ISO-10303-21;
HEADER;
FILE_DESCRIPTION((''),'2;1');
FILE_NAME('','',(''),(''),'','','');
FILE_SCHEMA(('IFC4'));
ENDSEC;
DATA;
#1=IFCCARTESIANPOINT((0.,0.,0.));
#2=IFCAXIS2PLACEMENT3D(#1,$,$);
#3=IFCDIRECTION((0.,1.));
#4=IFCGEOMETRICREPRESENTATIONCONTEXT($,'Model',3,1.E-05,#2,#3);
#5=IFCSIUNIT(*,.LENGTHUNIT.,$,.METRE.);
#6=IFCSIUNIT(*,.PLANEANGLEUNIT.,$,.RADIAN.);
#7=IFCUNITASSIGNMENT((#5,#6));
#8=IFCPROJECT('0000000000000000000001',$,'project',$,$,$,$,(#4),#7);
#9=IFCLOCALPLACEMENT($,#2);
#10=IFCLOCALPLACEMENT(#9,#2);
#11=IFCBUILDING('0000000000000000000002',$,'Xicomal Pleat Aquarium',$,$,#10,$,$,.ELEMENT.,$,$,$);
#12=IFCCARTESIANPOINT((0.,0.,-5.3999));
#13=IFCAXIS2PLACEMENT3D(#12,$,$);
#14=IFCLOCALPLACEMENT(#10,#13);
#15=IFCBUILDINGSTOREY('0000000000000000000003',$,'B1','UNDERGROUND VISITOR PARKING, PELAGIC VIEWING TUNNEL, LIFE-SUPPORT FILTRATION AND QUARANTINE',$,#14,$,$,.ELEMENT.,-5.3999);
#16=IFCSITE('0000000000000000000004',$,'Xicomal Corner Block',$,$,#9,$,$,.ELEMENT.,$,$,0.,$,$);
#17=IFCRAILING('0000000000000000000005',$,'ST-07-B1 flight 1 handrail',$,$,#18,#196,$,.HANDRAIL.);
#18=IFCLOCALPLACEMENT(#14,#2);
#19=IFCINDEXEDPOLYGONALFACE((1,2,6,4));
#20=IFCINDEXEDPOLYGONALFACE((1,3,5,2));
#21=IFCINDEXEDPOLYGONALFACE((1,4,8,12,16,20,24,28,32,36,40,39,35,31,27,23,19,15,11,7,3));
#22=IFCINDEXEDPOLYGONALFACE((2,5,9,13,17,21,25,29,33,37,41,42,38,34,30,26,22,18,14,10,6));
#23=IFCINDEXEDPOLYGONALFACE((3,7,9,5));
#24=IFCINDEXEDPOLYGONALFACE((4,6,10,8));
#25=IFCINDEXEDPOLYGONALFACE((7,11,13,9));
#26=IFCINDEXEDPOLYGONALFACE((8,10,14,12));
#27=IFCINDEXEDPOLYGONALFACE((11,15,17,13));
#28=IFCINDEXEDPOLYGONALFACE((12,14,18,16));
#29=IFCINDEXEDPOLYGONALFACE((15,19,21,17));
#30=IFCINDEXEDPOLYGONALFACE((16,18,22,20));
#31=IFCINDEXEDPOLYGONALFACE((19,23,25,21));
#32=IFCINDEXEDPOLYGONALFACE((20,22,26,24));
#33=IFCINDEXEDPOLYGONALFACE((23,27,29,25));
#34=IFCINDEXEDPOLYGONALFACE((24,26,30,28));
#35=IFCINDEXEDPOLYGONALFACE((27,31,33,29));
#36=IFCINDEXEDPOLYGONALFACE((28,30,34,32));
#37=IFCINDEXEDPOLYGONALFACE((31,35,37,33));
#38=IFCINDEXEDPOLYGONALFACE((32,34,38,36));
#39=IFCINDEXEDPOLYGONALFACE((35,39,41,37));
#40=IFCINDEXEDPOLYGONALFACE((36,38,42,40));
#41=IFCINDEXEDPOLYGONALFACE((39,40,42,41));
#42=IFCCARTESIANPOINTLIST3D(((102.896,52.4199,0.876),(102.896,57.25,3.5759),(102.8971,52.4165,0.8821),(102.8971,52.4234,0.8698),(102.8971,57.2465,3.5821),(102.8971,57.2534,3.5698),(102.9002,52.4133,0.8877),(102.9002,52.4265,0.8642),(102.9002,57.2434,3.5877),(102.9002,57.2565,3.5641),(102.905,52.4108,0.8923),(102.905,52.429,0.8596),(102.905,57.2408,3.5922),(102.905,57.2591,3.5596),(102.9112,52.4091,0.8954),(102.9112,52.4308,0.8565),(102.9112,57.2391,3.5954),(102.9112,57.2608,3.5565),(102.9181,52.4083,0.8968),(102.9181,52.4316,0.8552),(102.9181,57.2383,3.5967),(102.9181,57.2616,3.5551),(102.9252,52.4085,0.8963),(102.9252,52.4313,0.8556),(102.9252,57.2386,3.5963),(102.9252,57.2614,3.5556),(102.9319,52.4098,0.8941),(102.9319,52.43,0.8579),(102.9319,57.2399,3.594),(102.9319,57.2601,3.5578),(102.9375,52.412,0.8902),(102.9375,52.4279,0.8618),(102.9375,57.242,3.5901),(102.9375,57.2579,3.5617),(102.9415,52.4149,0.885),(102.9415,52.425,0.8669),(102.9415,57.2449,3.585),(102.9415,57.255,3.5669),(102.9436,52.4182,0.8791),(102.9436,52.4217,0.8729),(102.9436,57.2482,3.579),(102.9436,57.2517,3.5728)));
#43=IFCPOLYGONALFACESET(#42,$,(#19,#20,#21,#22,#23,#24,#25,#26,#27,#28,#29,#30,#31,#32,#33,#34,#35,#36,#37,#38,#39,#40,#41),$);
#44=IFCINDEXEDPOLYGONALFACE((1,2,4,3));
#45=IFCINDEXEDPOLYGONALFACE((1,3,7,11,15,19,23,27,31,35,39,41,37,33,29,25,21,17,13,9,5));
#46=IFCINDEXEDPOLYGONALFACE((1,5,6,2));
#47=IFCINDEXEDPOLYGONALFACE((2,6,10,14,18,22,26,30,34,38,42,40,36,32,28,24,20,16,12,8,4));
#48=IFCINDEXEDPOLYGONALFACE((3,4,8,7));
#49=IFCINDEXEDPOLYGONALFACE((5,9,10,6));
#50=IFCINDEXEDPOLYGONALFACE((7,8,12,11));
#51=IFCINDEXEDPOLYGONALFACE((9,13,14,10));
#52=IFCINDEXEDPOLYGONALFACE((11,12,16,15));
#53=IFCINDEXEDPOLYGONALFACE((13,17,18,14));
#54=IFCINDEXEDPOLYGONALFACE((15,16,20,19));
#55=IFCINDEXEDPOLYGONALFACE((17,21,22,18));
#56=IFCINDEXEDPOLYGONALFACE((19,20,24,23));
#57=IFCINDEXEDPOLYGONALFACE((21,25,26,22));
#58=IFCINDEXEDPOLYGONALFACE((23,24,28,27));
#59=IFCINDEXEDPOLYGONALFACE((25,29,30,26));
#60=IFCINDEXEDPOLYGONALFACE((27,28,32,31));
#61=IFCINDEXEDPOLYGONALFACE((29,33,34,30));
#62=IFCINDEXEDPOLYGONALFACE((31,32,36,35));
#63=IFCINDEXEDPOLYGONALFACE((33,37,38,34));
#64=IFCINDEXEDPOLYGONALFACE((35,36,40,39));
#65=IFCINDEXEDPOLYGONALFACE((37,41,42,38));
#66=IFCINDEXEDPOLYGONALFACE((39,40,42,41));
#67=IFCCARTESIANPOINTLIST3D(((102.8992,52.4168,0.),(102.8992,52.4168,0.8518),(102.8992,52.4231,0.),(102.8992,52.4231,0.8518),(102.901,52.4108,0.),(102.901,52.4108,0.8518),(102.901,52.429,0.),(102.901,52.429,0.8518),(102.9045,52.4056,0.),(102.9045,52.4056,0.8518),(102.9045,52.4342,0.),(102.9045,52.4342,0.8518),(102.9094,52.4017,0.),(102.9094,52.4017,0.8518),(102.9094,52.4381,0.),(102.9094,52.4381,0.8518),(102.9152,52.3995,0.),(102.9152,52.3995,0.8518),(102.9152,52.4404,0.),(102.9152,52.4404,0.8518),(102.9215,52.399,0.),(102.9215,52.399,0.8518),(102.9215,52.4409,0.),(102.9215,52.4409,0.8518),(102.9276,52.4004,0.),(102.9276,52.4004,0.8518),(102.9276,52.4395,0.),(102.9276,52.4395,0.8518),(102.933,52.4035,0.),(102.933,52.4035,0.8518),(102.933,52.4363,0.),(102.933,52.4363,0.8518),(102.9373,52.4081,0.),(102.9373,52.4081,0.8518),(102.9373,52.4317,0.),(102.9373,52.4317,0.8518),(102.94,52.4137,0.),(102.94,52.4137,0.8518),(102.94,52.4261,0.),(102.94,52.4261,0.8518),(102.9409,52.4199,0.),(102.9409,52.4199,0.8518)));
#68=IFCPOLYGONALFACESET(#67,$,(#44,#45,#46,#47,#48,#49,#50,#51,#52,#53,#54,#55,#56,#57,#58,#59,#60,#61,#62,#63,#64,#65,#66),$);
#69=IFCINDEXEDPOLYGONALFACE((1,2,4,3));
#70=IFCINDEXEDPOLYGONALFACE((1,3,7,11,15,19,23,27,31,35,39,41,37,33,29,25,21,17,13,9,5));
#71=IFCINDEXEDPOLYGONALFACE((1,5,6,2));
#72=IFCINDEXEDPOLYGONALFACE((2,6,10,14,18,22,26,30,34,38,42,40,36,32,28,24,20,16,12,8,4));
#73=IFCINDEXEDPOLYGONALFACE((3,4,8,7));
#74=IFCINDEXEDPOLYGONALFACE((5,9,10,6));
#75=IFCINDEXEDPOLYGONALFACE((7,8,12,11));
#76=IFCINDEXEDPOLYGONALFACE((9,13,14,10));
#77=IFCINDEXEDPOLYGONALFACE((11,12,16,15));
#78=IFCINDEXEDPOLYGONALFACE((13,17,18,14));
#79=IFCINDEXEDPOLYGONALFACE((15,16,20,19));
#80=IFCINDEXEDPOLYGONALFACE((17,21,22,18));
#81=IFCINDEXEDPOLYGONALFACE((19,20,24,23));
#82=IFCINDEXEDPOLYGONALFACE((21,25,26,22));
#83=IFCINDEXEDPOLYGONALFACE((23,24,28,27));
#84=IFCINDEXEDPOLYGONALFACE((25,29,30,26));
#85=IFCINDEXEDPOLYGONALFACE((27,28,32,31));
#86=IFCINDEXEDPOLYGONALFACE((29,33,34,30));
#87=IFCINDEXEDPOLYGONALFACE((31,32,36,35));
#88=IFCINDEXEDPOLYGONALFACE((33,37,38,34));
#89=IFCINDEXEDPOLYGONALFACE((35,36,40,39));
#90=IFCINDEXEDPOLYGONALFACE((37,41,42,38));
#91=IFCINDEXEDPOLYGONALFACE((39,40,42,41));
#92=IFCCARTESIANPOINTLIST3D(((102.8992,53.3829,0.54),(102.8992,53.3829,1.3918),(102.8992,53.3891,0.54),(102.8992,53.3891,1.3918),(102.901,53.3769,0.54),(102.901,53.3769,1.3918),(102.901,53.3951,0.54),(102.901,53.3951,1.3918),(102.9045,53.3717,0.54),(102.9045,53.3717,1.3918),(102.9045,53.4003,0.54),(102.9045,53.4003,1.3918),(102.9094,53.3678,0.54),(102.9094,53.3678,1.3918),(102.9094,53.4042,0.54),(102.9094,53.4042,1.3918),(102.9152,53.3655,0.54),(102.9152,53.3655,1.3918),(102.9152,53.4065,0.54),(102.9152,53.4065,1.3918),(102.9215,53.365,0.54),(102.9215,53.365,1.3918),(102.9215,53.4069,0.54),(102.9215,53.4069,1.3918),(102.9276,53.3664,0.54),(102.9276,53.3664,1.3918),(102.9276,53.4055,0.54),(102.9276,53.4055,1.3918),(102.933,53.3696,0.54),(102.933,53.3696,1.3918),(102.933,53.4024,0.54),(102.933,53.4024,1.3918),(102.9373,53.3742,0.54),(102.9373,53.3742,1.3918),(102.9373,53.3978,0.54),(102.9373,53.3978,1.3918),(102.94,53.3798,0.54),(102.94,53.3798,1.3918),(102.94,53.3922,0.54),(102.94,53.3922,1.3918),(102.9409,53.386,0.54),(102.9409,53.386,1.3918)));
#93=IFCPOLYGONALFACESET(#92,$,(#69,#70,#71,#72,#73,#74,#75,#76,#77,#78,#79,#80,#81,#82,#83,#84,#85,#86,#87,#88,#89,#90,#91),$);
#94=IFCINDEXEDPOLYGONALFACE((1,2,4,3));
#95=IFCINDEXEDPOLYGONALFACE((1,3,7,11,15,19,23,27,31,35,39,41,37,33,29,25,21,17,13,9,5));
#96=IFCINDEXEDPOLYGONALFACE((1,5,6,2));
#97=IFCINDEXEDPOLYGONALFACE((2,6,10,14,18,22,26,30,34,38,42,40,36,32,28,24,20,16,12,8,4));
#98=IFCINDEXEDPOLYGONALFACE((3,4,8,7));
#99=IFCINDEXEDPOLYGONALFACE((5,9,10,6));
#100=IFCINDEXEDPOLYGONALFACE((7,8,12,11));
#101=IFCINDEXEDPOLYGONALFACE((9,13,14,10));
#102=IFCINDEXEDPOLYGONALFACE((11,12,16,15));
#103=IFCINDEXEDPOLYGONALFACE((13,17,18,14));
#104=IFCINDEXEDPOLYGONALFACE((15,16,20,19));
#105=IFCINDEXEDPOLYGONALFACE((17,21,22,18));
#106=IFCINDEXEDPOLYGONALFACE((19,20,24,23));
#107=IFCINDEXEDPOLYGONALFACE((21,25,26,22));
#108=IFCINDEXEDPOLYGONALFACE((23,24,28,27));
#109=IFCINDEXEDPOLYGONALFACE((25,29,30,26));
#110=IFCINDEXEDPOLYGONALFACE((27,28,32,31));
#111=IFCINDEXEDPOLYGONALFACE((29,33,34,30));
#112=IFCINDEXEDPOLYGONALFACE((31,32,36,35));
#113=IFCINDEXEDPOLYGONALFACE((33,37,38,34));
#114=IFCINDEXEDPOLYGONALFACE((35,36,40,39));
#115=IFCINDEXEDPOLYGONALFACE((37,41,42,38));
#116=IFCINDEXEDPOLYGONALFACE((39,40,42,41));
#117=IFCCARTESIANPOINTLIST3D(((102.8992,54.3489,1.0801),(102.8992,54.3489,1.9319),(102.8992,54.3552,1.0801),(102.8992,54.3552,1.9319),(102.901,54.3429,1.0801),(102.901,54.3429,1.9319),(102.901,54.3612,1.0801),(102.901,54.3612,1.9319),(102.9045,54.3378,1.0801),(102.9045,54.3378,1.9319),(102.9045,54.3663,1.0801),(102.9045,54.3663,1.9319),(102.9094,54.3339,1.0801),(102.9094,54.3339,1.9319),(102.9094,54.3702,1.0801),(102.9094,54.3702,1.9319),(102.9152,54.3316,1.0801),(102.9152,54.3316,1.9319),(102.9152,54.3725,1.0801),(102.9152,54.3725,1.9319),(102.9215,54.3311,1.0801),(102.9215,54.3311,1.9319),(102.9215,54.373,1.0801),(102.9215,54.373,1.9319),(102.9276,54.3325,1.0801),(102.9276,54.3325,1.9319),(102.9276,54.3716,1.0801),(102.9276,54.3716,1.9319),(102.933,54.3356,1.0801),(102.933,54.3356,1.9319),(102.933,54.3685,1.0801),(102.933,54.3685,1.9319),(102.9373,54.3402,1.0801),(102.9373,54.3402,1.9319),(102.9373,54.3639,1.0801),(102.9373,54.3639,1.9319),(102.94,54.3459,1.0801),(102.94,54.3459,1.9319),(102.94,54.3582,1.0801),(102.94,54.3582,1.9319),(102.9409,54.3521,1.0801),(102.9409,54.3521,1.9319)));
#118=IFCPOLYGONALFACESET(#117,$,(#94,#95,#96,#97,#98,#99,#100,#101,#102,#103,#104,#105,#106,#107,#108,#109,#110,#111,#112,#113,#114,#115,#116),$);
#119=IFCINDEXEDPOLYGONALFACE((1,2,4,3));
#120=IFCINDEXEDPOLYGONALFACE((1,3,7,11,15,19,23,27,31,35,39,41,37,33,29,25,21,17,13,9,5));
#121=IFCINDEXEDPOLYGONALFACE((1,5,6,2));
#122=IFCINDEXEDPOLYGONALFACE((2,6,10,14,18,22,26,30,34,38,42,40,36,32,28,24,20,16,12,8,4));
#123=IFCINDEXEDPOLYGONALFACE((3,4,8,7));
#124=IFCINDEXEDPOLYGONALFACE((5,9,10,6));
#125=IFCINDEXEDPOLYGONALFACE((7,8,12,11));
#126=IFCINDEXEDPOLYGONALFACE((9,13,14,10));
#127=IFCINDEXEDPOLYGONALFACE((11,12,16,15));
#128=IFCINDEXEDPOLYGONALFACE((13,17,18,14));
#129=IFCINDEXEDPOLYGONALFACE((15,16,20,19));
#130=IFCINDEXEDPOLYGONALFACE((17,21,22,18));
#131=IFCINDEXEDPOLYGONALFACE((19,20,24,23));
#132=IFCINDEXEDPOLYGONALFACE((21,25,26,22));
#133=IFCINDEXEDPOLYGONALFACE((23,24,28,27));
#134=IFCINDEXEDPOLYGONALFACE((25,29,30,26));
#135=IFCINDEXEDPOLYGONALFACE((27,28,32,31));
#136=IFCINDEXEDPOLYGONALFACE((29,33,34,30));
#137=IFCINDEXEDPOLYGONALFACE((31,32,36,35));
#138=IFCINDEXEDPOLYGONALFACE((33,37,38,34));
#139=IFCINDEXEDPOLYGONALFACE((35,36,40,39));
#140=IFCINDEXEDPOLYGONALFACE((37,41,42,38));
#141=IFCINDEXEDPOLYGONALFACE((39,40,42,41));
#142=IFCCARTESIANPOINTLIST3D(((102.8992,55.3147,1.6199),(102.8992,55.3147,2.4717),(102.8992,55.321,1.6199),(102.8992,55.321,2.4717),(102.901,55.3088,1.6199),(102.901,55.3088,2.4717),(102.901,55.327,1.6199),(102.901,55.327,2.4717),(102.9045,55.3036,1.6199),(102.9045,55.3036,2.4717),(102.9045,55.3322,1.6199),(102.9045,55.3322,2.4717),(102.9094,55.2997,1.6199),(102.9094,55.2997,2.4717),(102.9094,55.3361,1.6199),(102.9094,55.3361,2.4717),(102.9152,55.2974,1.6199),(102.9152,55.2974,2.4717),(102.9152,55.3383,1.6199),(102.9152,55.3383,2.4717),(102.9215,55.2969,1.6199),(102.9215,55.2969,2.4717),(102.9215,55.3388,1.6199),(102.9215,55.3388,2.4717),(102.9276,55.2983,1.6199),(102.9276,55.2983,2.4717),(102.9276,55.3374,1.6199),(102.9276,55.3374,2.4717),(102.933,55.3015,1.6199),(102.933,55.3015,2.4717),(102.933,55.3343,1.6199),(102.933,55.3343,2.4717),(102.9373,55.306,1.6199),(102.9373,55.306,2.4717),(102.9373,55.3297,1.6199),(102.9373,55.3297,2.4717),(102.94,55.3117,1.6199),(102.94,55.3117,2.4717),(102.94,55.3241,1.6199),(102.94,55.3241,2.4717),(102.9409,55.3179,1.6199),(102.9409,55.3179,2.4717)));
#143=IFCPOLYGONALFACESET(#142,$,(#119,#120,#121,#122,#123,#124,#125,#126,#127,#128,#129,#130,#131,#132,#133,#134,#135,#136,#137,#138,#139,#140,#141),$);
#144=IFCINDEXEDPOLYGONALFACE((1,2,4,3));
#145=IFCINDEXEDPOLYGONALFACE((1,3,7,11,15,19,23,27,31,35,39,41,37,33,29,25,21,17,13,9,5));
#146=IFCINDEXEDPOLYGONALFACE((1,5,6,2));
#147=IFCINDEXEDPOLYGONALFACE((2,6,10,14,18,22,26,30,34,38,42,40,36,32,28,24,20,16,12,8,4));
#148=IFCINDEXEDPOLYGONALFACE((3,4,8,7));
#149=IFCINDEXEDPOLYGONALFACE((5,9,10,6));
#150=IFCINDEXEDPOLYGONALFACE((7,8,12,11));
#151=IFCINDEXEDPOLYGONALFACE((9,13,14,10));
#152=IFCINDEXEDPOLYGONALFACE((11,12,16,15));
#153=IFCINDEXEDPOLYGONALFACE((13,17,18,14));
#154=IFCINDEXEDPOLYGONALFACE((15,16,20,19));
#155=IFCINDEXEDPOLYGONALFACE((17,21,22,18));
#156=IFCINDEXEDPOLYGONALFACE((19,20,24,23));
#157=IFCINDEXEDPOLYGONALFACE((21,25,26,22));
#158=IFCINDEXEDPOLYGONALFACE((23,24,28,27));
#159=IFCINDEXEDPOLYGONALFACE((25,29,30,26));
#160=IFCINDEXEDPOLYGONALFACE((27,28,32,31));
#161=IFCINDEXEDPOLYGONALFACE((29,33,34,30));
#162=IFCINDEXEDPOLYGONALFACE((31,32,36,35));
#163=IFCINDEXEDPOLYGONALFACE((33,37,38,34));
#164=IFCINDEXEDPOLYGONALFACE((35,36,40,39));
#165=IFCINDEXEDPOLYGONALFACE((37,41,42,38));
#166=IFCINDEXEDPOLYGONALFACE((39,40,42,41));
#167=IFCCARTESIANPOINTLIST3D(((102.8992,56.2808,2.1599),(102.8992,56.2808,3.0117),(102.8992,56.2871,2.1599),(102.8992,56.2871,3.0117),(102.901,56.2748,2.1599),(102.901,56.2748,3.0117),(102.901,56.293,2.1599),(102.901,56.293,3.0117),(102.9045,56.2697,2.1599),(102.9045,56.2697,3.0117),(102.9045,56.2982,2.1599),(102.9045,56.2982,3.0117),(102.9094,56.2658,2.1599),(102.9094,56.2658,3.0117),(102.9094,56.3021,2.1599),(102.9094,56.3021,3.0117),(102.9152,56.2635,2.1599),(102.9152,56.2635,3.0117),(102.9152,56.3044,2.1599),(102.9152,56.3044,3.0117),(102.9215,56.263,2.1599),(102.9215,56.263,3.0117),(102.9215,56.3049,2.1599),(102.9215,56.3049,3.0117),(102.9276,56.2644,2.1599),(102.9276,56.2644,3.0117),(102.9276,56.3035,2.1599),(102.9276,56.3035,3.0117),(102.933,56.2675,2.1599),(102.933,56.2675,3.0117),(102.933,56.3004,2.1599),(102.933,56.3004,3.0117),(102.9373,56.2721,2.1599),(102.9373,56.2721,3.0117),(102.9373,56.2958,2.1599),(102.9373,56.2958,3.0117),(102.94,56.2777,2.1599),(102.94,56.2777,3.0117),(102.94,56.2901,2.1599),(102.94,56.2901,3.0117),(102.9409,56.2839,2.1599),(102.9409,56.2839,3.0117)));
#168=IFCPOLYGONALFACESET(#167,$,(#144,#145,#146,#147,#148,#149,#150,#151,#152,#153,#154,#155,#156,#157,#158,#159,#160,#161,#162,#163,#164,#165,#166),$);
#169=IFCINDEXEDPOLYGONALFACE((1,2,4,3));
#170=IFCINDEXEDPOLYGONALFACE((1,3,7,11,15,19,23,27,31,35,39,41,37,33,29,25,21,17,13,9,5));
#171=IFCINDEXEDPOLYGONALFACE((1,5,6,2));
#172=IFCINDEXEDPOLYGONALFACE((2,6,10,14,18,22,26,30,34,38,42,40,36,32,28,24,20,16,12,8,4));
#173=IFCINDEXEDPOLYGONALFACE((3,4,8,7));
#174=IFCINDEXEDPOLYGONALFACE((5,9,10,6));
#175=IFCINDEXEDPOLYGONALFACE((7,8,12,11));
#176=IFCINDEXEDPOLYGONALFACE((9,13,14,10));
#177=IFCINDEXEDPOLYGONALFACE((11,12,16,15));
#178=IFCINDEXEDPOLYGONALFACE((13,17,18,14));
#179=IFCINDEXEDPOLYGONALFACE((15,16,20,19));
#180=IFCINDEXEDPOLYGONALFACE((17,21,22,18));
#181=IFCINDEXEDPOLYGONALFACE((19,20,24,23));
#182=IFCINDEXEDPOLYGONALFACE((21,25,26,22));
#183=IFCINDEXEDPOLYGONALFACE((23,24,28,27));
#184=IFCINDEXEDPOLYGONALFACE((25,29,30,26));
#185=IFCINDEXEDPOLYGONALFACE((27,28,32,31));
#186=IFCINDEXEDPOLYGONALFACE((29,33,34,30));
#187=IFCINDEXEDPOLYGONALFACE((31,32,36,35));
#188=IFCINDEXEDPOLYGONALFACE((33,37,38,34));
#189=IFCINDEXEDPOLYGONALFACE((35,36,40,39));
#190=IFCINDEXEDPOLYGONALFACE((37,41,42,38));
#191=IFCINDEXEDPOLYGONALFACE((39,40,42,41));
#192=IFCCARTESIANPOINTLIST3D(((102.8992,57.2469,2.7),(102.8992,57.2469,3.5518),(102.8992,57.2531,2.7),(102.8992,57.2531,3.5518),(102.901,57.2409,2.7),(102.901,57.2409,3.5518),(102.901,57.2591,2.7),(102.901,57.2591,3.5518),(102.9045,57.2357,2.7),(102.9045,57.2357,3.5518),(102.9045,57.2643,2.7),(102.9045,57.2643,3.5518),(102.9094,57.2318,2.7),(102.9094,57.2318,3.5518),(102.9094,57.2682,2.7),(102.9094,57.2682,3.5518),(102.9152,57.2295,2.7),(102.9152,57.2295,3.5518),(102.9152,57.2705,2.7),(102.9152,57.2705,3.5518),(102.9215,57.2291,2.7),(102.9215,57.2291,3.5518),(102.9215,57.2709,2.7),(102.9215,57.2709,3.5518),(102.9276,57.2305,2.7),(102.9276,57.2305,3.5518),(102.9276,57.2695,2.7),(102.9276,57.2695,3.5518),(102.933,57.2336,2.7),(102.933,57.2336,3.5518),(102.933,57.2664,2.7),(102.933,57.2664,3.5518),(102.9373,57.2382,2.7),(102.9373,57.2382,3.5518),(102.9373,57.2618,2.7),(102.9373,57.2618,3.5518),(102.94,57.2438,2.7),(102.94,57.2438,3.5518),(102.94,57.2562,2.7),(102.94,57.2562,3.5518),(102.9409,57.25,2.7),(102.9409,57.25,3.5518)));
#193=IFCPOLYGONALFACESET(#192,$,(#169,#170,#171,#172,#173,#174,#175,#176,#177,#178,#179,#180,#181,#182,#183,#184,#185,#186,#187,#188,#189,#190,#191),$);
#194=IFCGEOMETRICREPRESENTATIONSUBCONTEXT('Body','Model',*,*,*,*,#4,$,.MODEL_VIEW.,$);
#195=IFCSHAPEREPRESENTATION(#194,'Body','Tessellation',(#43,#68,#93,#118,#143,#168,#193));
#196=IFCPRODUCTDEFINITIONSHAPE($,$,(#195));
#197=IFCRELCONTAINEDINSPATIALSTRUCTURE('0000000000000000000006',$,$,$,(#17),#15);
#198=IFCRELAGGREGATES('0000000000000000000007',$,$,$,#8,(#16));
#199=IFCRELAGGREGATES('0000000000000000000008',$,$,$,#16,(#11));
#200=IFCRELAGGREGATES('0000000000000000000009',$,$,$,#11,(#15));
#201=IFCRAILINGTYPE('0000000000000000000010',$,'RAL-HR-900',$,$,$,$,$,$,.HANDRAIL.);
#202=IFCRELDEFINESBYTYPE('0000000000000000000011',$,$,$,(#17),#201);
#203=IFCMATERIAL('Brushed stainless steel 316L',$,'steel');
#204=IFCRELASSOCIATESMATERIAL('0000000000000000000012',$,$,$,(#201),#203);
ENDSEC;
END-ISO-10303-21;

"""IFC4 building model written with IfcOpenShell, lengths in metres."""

from ifc_helpers import new_model, si_unit, direction, frame, origin, origin_2d, place, context, subcontext, project, spatial, circle, extrude, material, type_object, element, save


model = new_model("IFC4")

# Units and contexts
model_context = context("Model", 3, precision=1e-05, world=origin(), true_north=direction((0.0, 1.0)))
body_context = subcontext(model_context, "Body", "Model", "MODEL_VIEW")
ifc_project = project(units=[si_unit("LENGTHUNIT", "METRE"), si_unit("PLANEANGLEUNIT", "RADIAN")], contexts=[model_context])

# Site, building, storey
site_placement = place(None, origin())
site = spatial("IfcSite", under=ifc_project, at=site_placement, Name="Xicomal Corner Block", CompositionType="ELEMENT", RefElevation=0.0)
building_placement = place(site_placement, origin())
building = spatial("IfcBuilding", under=site, at=building_placement, Name="Xicomal Pleat Aquarium", CompositionType="ELEMENT")
storey_placement = place(building_placement, frame((0.0, 0.0, -5.3999)))
storey = spatial("IfcBuildingStorey", under=building, at=storey_placement, Name="B1", Description="UNDERGROUND VISITOR PARKING, PELAGIC VIEWING TUNNEL, LIFE-SUPPORT FILTRATION AND QUARANTINE", CompositionType="ELEMENT", Elevation=-5.3999)

# Railing
ifc_material_1 = material(Name="Brushed stainless steel 316L", Category="steel")
railing_type_1 = type_object("IfcRailingType", Name="RAL-HR-900", PredefinedType="HANDRAIL", material=ifc_material_1)
railing_1_placement = place(storey_placement, frame((102.9199, 52.4199, 0.0)))
element("IfcRailing", 1, at=railing_1_placement, inside=storey, type_object=railing_type_1, Name="ST-07-B1 flight 1 handrail", PredefinedType="HANDRAIL", context=body_context, shape_type="SweptSolid", body=[
    extrude(circle(Radius=0.0239, at=origin_2d()), frame((0.0, 0.0, 0.876), z_axis=(0.0, 0.872883, 0.48793), x_axis=(-1.0, 0.0, 0.0)), (0.0, 0.0, 1.0), 5.5334),
    extrude(circle(Radius=0.021, at=origin_2d()), origin(), (0.0, 0.0, 1.0), 0.8518),
    extrude(circle(Radius=0.021, at=origin_2d()), frame((0.0, 0.9661, 0.54)), (0.0, 0.0, 1.0), 0.8518),
    extrude(circle(Radius=0.021, at=origin_2d()), frame((0.0, 1.9321, 1.0801)), (0.0, 0.0, 1.0), 0.8518),
    extrude(circle(Radius=0.021, at=origin_2d()), frame((0.0, 2.8979, 1.6199)), (0.0, 0.0, 1.0), 0.8518),
    extrude(circle(Radius=0.021, at=origin_2d()), frame((0.0, 3.864, 2.1599)), (0.0, 0.0, 1.0), 0.8518),
    extrude(circle(Radius=0.021, at=origin_2d()), frame((0.0, 4.8301, 2.7)), (0.0, 0.0, 1.0), 0.8518),
])

save(model, "model.ifc")
